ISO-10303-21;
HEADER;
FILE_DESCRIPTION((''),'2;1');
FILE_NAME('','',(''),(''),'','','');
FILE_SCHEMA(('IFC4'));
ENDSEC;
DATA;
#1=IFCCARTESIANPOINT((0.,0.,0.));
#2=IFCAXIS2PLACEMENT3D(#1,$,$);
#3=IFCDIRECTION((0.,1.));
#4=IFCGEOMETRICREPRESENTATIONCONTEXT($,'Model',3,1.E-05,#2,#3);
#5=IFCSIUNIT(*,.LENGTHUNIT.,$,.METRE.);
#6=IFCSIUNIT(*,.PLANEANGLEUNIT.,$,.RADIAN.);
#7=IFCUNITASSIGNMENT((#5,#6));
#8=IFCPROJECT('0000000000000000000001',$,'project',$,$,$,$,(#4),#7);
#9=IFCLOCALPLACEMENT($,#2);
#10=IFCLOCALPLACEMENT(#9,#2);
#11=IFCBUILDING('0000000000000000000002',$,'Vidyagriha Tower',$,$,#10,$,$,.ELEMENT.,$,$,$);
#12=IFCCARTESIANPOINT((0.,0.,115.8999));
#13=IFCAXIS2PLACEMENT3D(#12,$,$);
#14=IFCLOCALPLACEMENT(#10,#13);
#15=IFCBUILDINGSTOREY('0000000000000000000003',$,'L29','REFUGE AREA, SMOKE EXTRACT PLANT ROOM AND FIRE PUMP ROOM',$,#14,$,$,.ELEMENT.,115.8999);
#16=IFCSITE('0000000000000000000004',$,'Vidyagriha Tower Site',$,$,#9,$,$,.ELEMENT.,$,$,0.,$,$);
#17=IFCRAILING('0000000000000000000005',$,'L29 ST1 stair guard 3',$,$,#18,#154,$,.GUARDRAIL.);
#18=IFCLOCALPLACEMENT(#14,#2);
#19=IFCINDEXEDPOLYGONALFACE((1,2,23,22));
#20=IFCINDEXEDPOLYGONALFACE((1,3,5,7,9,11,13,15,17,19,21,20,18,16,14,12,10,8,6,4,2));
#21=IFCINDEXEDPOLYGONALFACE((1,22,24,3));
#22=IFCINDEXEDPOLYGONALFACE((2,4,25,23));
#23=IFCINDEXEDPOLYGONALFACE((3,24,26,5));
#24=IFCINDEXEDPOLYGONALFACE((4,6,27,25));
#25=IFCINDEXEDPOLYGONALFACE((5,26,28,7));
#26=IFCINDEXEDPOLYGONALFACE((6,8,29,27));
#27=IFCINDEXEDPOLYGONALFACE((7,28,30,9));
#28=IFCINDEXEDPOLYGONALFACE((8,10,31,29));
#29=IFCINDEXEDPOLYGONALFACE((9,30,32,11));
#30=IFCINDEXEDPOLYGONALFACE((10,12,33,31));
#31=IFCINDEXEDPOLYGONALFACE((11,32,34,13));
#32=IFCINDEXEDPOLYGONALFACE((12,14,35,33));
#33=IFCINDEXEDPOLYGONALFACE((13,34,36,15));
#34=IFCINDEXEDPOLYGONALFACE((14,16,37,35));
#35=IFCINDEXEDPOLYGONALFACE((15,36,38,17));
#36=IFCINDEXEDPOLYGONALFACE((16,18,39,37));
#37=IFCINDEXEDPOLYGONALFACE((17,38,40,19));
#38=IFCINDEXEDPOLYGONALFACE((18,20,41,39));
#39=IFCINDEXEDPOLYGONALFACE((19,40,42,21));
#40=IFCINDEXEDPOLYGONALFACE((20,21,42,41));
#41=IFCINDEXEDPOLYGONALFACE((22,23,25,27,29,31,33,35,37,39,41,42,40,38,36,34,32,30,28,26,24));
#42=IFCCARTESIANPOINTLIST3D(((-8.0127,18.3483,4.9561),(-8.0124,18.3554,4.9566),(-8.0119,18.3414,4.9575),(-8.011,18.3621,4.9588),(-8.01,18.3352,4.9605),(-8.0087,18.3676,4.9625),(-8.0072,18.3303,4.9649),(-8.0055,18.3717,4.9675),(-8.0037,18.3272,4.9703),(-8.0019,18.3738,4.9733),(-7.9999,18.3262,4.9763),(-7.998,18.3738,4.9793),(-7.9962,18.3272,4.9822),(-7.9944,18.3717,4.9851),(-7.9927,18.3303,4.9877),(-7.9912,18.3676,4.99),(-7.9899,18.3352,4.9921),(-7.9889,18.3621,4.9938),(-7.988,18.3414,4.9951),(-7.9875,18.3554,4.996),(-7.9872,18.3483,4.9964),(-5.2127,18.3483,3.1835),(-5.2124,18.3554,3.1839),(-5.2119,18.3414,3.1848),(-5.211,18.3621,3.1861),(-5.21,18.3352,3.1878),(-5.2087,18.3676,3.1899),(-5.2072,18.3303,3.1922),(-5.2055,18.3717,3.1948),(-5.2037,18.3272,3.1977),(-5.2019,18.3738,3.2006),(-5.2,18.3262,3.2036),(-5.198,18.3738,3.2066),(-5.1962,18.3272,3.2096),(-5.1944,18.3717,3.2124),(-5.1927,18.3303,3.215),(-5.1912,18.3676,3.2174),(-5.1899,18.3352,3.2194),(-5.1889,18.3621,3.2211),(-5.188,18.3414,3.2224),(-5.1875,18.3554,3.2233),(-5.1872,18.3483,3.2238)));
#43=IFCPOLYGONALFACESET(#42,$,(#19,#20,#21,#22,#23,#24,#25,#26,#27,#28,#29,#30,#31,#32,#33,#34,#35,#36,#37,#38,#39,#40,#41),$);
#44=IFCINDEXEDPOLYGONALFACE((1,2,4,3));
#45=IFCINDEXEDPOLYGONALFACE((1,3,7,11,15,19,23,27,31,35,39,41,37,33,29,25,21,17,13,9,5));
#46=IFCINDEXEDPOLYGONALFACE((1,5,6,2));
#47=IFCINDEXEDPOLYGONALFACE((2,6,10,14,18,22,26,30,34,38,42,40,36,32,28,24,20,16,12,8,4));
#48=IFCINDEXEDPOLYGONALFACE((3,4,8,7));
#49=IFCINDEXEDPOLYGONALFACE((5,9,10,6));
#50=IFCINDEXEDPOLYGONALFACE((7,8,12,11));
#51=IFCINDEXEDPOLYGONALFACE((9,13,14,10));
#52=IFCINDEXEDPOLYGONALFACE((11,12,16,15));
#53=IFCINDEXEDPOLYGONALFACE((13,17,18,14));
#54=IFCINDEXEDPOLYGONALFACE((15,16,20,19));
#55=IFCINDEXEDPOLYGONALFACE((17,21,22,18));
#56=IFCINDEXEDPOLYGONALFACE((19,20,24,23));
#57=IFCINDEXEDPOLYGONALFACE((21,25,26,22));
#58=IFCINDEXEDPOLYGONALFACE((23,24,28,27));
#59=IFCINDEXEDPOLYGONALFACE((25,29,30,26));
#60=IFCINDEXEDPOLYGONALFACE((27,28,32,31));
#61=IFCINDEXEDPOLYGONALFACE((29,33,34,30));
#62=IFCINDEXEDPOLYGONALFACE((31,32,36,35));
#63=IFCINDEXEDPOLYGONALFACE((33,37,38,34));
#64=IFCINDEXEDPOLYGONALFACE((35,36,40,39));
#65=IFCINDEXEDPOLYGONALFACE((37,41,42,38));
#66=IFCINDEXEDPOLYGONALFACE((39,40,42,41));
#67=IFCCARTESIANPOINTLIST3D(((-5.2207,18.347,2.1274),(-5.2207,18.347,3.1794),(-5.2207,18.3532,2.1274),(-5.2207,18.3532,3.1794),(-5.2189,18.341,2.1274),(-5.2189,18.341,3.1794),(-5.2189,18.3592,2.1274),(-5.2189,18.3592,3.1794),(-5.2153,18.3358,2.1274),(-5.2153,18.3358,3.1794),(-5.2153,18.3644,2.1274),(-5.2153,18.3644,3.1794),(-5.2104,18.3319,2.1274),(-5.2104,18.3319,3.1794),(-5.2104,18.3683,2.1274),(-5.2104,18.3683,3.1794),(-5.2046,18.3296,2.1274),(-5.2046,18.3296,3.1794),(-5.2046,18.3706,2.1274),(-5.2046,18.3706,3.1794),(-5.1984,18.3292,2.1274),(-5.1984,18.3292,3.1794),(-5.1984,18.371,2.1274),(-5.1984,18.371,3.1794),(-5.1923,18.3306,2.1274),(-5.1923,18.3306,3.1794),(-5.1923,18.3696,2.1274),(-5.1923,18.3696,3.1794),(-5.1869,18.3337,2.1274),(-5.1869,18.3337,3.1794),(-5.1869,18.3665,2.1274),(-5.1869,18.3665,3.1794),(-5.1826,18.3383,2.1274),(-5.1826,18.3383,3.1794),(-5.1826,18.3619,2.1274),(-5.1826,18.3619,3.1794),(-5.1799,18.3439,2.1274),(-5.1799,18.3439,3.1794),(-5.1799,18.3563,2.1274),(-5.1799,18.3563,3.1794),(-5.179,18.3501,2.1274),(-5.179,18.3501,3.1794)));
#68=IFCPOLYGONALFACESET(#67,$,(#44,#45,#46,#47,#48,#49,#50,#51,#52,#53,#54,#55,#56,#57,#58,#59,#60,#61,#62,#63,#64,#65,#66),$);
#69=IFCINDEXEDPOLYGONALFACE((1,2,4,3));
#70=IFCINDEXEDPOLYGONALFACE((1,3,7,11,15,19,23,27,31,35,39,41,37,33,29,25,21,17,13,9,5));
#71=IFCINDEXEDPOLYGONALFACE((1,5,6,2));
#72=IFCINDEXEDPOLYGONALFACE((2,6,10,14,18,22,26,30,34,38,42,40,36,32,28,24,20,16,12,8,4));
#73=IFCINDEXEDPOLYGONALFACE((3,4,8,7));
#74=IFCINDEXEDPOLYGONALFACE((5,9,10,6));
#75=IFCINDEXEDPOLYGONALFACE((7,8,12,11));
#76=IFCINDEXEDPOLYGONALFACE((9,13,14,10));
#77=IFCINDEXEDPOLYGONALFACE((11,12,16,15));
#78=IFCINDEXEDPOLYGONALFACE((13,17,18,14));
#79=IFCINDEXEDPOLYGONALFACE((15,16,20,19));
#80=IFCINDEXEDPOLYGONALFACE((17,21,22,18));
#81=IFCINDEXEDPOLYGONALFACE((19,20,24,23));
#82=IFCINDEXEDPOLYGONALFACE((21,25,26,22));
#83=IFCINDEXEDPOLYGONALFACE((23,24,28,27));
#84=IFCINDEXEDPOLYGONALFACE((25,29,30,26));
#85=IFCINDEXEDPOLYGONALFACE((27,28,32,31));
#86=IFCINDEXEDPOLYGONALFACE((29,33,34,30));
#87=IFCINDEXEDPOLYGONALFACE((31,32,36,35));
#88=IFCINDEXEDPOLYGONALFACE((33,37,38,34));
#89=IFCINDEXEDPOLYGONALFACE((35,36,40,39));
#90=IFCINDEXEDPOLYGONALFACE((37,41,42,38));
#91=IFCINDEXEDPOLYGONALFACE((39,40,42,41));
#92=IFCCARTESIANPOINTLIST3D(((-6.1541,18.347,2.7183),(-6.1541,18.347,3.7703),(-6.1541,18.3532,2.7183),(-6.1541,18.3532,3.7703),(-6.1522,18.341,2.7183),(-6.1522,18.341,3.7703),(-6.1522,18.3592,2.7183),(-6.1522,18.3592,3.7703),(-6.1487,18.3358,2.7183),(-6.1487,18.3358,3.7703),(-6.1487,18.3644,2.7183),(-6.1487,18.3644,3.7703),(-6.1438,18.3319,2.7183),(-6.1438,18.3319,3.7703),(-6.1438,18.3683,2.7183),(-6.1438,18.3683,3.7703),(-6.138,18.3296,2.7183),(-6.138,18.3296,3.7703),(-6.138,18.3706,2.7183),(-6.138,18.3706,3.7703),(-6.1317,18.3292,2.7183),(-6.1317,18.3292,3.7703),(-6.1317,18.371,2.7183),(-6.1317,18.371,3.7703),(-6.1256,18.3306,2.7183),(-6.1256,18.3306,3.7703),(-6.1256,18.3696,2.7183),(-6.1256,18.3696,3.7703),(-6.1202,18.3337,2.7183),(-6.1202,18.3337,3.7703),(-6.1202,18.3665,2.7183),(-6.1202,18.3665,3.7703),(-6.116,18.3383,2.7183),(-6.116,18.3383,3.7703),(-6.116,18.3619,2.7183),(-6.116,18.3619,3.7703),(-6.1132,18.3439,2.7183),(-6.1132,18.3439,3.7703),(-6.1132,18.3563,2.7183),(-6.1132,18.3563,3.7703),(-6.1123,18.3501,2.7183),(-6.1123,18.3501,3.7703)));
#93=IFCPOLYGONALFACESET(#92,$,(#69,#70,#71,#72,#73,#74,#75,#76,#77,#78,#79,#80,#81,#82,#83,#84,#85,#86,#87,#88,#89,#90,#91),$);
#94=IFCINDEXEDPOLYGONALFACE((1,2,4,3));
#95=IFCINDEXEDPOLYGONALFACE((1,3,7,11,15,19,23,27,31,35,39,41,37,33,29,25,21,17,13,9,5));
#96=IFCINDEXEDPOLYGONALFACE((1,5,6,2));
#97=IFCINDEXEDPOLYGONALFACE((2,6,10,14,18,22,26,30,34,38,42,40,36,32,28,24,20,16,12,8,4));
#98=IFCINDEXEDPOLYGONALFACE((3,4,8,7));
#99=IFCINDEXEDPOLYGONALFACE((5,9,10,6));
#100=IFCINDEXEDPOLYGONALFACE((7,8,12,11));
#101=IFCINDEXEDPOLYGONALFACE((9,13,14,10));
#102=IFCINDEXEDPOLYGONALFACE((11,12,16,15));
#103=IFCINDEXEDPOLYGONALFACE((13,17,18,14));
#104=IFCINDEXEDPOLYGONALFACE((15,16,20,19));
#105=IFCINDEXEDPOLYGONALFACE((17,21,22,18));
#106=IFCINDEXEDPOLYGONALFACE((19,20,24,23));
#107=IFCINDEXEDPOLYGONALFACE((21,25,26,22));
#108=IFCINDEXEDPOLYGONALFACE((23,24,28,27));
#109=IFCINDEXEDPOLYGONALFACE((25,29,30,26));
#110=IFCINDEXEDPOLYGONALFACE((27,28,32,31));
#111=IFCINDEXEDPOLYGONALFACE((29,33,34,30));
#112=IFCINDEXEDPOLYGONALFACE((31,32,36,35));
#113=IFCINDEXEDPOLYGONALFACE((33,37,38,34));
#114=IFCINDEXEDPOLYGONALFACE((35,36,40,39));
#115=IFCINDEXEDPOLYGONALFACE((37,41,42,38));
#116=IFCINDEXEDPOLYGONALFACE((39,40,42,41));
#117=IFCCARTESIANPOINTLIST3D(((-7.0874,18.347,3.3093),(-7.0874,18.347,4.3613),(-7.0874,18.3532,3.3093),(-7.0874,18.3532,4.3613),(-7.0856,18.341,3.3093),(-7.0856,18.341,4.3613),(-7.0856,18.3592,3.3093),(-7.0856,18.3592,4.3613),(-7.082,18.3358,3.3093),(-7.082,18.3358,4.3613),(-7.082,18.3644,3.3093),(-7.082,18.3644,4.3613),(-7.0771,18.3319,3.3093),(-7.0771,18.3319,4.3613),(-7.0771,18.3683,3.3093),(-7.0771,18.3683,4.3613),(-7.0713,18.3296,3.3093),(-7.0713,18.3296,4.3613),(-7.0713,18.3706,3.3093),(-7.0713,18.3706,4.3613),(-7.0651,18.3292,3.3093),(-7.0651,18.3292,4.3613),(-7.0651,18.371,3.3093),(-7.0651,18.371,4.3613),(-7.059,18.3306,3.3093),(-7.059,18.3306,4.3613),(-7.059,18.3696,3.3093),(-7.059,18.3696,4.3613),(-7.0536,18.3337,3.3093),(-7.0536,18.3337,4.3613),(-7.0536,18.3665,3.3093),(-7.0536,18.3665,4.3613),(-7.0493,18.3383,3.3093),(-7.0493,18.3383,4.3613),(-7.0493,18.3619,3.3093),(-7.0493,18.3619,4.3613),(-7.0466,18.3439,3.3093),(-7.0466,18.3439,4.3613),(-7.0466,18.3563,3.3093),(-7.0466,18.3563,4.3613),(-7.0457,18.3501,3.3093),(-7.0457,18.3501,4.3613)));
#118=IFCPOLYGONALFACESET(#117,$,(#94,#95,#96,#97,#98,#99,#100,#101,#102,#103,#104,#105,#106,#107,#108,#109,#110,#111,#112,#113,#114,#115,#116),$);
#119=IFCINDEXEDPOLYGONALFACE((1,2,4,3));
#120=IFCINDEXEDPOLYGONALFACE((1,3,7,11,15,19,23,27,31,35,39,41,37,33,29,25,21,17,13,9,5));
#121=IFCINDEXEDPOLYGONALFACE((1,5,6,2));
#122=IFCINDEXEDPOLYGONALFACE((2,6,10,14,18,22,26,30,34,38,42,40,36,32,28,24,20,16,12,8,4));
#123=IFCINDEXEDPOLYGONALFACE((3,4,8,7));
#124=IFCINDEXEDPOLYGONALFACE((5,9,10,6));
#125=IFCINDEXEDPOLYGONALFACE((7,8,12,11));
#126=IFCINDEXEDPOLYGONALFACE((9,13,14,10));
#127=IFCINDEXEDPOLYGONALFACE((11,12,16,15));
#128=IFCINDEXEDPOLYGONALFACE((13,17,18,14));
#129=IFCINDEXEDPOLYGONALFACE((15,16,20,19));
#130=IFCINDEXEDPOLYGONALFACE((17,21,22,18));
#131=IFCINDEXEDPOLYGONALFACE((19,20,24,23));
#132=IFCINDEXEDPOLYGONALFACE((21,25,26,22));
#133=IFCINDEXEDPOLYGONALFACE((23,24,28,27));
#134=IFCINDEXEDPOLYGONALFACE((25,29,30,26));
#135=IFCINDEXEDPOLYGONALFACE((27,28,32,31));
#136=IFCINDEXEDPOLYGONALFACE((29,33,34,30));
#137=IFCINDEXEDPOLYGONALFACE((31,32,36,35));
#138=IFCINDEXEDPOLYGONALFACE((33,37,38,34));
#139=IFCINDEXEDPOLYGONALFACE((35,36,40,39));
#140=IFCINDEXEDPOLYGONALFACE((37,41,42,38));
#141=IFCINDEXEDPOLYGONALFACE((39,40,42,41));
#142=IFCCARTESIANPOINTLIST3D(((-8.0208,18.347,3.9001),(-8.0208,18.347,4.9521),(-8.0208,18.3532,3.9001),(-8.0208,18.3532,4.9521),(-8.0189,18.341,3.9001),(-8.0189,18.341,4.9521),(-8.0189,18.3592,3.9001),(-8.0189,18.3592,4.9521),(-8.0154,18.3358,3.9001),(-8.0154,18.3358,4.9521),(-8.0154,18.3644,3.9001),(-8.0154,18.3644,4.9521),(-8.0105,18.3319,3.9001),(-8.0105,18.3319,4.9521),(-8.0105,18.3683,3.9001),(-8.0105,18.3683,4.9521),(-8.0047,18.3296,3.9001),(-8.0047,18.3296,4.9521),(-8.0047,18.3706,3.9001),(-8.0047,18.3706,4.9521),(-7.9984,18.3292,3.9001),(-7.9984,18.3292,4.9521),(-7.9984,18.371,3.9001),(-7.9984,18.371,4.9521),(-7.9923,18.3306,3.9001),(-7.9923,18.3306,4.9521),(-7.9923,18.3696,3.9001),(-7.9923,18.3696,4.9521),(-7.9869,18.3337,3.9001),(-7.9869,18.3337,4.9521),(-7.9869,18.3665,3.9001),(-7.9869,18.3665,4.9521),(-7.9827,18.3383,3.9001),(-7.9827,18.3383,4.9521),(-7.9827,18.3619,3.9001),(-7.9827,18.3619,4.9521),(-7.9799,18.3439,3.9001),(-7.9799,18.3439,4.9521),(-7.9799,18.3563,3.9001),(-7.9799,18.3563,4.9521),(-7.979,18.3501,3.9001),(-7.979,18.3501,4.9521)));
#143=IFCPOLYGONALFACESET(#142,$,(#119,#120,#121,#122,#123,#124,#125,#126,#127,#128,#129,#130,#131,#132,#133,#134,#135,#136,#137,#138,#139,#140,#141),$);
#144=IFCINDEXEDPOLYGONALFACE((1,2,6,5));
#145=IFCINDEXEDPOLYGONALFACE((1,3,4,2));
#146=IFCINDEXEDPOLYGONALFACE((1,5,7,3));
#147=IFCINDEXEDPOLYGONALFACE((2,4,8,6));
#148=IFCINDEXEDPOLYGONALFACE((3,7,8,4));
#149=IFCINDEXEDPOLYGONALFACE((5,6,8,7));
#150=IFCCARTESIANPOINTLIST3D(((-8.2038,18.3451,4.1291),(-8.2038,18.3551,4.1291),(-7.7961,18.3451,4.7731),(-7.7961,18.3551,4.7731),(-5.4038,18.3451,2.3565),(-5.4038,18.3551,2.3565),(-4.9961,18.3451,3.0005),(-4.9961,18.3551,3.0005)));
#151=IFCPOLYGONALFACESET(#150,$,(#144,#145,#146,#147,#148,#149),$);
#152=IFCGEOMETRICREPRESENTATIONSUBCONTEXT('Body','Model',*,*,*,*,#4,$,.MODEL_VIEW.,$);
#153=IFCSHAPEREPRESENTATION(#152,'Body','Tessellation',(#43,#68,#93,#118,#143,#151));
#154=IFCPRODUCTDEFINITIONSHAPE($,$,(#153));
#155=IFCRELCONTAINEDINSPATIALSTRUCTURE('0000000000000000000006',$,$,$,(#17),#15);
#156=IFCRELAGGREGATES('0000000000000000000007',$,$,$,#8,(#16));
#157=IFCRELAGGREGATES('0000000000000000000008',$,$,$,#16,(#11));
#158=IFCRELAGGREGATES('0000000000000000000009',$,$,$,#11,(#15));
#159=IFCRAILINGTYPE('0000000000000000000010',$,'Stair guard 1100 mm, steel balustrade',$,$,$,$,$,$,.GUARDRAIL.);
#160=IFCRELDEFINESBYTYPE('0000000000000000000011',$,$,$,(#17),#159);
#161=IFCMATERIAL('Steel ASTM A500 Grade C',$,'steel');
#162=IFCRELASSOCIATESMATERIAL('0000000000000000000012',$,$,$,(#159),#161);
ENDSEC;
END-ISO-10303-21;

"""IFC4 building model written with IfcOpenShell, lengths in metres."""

from ifc_helpers import new_model, si_unit, direction, frame, origin, origin_2d, place, context, subcontext, project, spatial, rectangle, circle, extrude, material, type_object, element, save


model = new_model("IFC4")

# Units and contexts
model_context = context("Model", 3, precision=1e-05, world=origin(), true_north=direction((0.0, 1.0)))
body_context = subcontext(model_context, "Body", "Model", "MODEL_VIEW")
ifc_project = project(units=[si_unit("LENGTHUNIT", "METRE"), si_unit("PLANEANGLEUNIT", "RADIAN")], contexts=[model_context])

# Site, building, storey
site_placement = place(None, origin())
site = spatial("IfcSite", under=ifc_project, at=site_placement, Name="Vidyagriha Tower Site", CompositionType="ELEMENT", RefElevation=0.0)
building_placement = place(site_placement, origin())
building = spatial("IfcBuilding", under=site, at=building_placement, Name="Vidyagriha Tower", CompositionType="ELEMENT")
storey_placement = place(building_placement, frame((0.0, 0.0, 115.8999)))
storey = spatial("IfcBuildingStorey", under=building, at=storey_placement, Name="L29", Description="REFUGE AREA, SMOKE EXTRACT PLANT ROOM AND FIRE PUMP ROOM", CompositionType="ELEMENT", Elevation=115.8999)

# Railing
ifc_material_1 = material(Name="Steel ASTM A500 Grade C", Category="steel")
railing_type_1 = type_object("IfcRailingType", Name="Stair guard 1100 mm, steel balustrade", PredefinedType="GUARDRAIL", material=ifc_material_1)
railing_1_placement = place(storey_placement, frame((-5.2, 18.3501, 2.1274)))
element("IfcRailing", 1, at=railing_1_placement, inside=storey, type_object=railing_type_1, Name="L29 ST1 stair guard 3", PredefinedType="GUARDRAIL", context=body_context, shape_type="SweptSolid", body=[
    extrude(circle(Radius=0.0239, at=origin_2d()), frame((0.0, 0.0, 1.0762), z_axis=(-0.844909, 0.0, 0.53491), x_axis=(0.0, -1.0, 0.0)), (0.0, 0.0, 1.0), 3.314),
    extrude(circle(Radius=0.021, at=origin_2d()), origin(), (0.0, 0.0, 1.0), 1.052),
    extrude(circle(Radius=0.021, at=origin_2d()), frame((-0.9333, 0.0, 0.5908)), (0.0, 0.0, 1.0), 1.052),
    extrude(circle(Radius=0.021, at=origin_2d()), frame((-1.8667, 0.0, 1.1819)), (0.0, 0.0, 1.0), 1.052),
    extrude(circle(Radius=0.021, at=origin_2d()), frame((-2.8, 0.0, 1.7727)), (0.0, 0.0, 1.0), 1.052),
    extrude(rectangle(XDim=0.01, YDim=0.7622, at=origin_2d()), frame((0.0, 0.0, 0.551), z_axis=(-0.844909, 0.0, 0.53491), x_axis=(0.0, -1.0, 0.0)), (0.0, 0.0, 1.0), 3.314),
])

save(model, "model.ifc")
